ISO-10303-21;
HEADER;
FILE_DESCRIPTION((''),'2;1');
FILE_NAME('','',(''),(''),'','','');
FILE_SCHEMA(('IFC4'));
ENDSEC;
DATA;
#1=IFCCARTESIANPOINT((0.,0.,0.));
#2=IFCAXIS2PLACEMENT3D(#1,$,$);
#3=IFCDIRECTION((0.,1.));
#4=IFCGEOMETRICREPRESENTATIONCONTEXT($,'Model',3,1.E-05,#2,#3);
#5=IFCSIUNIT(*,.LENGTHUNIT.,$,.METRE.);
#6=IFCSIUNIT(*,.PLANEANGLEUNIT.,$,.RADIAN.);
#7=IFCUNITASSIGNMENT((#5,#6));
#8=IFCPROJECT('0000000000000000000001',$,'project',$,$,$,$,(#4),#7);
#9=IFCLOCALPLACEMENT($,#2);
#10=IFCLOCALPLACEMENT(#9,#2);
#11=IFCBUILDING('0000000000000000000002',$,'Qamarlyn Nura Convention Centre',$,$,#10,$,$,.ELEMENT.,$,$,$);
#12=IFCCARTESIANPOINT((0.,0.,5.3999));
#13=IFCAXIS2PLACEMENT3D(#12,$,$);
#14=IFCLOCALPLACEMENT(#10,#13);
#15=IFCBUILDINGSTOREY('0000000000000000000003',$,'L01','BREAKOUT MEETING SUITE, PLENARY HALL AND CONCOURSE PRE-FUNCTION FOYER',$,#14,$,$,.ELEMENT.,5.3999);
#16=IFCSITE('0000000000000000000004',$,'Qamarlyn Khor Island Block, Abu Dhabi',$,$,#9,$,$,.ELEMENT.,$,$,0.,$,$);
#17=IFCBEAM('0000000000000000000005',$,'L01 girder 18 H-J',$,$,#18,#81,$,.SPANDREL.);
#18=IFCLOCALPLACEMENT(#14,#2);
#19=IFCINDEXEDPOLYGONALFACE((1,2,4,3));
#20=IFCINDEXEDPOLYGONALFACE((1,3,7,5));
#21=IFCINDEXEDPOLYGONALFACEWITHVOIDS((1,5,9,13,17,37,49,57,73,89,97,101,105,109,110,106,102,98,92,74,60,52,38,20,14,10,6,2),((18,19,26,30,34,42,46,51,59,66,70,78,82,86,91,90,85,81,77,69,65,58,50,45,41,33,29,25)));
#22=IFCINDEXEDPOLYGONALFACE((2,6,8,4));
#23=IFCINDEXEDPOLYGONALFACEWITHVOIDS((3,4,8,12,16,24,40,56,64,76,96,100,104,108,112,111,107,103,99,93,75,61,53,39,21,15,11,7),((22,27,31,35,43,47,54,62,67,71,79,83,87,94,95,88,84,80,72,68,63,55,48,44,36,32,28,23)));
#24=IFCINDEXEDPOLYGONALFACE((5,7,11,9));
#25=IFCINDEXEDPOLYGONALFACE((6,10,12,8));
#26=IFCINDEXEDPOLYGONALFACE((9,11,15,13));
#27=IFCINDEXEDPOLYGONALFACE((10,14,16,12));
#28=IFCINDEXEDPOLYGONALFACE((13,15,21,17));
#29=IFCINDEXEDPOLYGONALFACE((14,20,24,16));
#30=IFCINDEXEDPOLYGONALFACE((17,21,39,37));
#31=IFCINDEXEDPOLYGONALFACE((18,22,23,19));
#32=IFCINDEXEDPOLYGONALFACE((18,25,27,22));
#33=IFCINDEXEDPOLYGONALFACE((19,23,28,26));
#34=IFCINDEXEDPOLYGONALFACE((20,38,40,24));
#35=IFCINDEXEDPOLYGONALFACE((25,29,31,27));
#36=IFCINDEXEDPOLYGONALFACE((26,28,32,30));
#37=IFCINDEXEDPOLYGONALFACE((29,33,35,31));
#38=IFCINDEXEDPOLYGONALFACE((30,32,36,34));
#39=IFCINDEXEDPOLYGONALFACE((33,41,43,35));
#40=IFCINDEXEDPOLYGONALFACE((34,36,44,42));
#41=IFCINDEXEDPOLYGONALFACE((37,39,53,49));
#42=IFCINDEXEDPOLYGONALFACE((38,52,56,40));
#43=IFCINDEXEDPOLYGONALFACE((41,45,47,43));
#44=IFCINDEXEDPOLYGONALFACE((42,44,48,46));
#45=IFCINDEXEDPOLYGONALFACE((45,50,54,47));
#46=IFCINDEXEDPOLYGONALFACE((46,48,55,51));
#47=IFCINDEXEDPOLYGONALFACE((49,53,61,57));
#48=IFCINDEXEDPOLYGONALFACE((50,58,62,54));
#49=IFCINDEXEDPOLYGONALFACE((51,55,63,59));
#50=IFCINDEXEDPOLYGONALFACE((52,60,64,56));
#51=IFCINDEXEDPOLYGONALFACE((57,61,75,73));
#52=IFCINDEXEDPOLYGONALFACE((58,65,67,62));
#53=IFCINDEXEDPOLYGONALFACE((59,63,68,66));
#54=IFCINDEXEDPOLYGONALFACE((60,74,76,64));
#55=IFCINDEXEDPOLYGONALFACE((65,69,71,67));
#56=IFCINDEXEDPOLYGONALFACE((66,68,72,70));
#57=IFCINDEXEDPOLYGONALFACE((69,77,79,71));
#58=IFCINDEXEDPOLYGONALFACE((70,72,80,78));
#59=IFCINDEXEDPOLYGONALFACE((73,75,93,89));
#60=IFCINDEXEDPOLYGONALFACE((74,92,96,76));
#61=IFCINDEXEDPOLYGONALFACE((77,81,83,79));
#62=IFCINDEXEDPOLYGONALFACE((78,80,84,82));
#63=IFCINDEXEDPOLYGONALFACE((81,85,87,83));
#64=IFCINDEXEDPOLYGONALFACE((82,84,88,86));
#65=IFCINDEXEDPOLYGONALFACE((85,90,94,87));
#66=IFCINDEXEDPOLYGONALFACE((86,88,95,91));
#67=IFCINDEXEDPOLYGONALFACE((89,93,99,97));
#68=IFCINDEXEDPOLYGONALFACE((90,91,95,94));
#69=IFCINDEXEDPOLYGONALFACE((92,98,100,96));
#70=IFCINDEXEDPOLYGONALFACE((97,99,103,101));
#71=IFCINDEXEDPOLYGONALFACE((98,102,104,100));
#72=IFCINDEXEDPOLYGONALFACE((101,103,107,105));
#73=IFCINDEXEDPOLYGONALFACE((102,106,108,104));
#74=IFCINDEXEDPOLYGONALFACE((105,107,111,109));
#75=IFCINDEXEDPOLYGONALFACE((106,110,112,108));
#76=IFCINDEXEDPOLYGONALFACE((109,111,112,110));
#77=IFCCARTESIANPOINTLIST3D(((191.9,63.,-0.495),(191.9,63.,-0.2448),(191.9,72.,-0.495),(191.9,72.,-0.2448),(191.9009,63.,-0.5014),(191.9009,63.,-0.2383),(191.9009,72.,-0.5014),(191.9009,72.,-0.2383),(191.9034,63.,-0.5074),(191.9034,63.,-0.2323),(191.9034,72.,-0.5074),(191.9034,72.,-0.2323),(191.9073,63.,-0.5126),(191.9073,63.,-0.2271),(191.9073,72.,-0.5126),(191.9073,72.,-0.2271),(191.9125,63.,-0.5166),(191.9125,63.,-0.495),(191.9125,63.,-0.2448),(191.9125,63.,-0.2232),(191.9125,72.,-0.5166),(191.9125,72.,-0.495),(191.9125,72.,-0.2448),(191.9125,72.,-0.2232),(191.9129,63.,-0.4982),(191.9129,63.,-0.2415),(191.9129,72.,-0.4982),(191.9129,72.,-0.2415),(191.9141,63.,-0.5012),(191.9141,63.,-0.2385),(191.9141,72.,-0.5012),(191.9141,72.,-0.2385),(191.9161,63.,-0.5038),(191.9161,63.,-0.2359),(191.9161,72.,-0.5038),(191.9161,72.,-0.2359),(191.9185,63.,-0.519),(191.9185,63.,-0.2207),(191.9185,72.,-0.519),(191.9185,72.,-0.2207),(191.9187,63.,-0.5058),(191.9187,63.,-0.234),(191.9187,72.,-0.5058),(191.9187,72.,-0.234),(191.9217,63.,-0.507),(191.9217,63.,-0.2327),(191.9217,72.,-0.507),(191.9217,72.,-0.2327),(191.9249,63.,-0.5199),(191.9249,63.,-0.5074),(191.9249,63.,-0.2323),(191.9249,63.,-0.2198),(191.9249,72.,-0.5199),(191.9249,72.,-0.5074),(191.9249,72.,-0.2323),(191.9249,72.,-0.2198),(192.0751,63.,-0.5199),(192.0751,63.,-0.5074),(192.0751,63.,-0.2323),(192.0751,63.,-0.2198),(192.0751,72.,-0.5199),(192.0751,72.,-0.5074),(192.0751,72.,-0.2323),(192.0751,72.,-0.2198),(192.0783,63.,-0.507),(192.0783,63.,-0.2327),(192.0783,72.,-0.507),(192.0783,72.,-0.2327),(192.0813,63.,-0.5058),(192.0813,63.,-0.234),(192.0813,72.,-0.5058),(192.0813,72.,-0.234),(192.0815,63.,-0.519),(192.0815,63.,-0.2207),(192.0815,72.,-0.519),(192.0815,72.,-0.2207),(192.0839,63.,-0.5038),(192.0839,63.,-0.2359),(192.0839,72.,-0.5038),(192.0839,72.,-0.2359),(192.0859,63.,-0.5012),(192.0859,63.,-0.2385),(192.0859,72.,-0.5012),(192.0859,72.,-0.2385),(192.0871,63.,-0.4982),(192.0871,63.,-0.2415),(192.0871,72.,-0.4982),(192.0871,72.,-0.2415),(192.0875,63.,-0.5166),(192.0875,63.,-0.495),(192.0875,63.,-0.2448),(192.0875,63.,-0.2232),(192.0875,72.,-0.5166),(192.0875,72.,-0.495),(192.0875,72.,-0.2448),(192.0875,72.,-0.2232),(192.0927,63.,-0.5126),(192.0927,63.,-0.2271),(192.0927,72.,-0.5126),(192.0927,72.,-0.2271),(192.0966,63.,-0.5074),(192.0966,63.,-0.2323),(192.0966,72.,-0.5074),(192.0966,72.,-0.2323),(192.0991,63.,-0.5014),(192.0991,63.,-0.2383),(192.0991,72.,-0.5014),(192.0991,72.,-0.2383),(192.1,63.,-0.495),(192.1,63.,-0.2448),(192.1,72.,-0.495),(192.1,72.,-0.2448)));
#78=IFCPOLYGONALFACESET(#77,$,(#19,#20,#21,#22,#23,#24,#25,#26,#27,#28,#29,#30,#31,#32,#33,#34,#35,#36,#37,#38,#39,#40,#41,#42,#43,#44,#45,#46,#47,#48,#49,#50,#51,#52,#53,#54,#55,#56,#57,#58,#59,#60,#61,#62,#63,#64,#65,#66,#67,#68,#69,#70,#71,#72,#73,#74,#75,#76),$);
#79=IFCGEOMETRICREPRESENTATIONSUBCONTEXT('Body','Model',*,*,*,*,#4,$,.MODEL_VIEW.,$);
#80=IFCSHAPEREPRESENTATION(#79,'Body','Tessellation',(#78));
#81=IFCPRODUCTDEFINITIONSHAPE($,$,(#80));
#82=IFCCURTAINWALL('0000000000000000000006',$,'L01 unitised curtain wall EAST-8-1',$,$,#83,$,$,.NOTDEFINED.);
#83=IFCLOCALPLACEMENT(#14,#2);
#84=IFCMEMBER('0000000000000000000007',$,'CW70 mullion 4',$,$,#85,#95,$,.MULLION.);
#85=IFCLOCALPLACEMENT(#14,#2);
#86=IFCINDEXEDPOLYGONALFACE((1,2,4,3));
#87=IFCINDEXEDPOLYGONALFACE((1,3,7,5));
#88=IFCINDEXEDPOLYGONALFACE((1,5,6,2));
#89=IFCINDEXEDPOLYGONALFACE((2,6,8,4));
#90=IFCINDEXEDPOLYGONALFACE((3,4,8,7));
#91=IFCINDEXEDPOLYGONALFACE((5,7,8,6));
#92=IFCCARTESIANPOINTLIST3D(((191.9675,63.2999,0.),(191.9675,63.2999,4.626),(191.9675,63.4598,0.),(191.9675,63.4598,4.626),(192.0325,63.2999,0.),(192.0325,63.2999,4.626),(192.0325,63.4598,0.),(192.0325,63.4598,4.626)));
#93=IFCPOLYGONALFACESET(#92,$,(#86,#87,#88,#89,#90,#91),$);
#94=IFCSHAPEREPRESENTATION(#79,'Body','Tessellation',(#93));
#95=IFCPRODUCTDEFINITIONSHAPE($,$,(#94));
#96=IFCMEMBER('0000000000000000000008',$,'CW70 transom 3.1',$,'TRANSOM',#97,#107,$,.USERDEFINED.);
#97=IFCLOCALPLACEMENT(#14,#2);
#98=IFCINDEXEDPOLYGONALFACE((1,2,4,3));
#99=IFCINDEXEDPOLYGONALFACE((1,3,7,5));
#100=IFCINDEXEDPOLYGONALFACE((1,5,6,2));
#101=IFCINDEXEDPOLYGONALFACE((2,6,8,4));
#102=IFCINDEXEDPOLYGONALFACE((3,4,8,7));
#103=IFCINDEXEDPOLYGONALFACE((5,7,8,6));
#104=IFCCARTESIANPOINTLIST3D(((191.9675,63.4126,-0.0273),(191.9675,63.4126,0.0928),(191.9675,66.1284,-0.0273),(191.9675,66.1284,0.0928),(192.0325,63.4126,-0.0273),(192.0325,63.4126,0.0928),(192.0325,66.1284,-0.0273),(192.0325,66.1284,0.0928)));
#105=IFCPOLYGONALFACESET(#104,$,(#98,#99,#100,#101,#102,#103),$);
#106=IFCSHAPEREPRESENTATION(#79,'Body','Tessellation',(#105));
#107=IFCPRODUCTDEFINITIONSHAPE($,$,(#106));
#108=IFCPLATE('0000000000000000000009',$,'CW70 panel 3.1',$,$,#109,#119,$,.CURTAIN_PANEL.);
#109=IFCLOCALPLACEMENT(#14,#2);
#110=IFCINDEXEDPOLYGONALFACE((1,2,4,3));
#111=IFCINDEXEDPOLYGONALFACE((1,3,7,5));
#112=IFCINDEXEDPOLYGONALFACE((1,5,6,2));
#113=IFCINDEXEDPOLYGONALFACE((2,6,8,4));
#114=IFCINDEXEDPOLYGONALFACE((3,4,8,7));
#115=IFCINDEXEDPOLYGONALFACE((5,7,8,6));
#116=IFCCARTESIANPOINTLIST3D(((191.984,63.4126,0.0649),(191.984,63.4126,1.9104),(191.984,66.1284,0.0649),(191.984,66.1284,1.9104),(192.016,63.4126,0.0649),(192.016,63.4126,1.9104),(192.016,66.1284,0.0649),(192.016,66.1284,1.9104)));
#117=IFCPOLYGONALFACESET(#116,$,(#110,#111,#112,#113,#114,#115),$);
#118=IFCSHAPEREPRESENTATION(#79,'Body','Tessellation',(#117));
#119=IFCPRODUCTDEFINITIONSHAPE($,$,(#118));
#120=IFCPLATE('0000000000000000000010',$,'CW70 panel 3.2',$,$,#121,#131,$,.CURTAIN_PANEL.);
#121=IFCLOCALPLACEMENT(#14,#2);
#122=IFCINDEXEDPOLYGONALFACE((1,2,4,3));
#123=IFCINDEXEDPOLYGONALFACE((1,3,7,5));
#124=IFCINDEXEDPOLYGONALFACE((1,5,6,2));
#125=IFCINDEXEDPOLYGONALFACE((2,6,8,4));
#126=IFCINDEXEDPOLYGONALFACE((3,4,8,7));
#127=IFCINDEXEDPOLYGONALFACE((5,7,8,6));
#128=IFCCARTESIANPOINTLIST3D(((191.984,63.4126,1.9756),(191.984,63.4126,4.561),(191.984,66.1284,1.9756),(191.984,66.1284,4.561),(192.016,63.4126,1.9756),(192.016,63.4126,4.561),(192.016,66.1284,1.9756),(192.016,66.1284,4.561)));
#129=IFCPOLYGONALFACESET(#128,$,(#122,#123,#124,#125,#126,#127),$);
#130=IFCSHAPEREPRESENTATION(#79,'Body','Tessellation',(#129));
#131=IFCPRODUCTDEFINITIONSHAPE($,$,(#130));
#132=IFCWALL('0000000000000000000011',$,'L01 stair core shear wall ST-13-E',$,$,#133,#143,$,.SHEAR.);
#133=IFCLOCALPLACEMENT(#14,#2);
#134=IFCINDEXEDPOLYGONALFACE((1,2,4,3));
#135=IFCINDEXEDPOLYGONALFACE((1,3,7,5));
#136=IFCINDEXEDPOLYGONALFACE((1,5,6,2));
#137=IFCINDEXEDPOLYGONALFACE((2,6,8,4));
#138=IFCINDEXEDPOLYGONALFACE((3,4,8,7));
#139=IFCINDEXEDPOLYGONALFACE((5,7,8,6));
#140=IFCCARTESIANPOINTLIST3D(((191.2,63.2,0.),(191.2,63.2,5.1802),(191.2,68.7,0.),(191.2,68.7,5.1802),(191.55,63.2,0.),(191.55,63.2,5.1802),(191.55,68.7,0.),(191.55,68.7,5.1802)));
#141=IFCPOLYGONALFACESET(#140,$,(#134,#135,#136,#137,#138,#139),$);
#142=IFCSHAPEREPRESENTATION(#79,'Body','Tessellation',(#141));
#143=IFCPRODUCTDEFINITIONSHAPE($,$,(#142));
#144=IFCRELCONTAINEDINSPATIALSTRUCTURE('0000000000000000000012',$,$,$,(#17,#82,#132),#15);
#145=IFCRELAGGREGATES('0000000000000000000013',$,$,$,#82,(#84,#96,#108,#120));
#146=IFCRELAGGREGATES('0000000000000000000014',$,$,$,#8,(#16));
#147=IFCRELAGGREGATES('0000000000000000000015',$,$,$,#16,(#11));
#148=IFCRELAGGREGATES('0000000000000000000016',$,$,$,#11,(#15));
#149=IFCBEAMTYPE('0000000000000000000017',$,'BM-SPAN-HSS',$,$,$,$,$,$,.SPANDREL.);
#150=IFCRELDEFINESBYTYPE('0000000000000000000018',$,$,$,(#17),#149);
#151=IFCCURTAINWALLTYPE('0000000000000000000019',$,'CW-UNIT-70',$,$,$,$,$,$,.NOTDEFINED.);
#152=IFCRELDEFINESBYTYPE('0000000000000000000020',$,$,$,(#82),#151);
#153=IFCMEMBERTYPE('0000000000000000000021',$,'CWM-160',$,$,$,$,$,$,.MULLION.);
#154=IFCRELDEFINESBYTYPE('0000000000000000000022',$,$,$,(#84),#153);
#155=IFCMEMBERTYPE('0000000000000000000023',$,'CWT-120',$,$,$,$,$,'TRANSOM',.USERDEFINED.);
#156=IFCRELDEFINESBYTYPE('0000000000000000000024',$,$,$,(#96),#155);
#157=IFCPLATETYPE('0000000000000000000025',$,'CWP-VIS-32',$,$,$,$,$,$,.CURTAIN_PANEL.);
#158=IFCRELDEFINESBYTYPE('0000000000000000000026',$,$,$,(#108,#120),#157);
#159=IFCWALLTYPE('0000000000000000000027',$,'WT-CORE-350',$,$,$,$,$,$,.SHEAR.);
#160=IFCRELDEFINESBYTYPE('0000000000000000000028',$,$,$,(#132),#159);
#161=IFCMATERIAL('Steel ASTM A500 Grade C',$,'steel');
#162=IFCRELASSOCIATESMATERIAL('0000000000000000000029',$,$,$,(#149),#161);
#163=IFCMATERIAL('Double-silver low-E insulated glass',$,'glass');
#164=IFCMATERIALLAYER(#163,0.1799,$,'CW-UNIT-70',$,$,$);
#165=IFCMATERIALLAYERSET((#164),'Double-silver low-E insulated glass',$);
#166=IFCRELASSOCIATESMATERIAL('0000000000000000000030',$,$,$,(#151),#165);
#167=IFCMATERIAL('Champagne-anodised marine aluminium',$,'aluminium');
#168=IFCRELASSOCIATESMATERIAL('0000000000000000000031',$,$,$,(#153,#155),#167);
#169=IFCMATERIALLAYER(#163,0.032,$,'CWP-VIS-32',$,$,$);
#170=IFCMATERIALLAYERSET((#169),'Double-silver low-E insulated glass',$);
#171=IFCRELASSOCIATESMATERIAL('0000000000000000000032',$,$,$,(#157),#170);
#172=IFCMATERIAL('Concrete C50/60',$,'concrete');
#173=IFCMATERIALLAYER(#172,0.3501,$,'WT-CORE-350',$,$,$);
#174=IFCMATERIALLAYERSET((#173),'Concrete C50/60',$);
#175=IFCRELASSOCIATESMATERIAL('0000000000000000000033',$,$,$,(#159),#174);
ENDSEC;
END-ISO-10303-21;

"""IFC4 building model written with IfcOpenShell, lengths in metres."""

from ifc_helpers import new_model, si_unit, direction, frame, frame_2d, origin, origin_2d, place, context, subcontext, project, spatial, rectangle, hollow_rectangle, extrude, material, layer, layer_set, material_profile, profile_set, type_object, element, aggregate, save


model = new_model("IFC4")

# Units and contexts
model_context = context("Model", 3, precision=1e-05, world=origin(), true_north=direction((0.0, 1.0)))
body_context = subcontext(model_context, "Body", "Model", "MODEL_VIEW")
ifc_project = project(units=[si_unit("LENGTHUNIT", "METRE"), si_unit("PLANEANGLEUNIT", "RADIAN")], contexts=[model_context])

# Site, building, storey
site_placement = place(None, origin())
site = spatial("IfcSite", under=ifc_project, at=site_placement, Name="Qamarlyn Khor Island Block, Abu Dhabi", CompositionType="ELEMENT", RefElevation=0.0)
building_placement = place(site_placement, origin())
building = spatial("IfcBuilding", under=site, at=building_placement, Name="Qamarlyn Nura Convention Centre", CompositionType="ELEMENT")
storey_placement = place(building_placement, frame((0.0, 0.0, 5.3999)))
storey = spatial("IfcBuildingStorey", under=building, at=storey_placement, Name="L01", Description="BREAKOUT MEETING SUITE, PLENARY HALL AND CONCOURSE PRE-FUNCTION FOYER", CompositionType="ELEMENT", Elevation=5.3999)

# Beam
ifc_material_1 = material(Name="Steel ASTM A500 Grade C", Category="steel")
ifc_material_profile_1 = material_profile(ifc_material_1, hollow_rectangle(XDim=0.2, YDim=0.3, WallThickness=0.0125, InnerFilletRadius=0.0125, OuterFilletRadius=0.0249, at=origin_2d()), Name="HSS300X200X12.5")
ifc_profile_set_1 = profile_set([ifc_material_profile_1], Name="Steel ASTM A500 Grade C")
beam_type_1 = type_object("IfcBeamType", Name="BM-SPAN-HSS", PredefinedType="SPANDREL", material=ifc_profile_set_1)
beam_1_placement = place(storey_placement, frame((192.0, 63.0, -0.3699), z_axis=(0.0, 1.0, 0.0), x_axis=(-1.0, 0.0, 0.0)))
element("IfcBeam", 1, at=beam_1_placement, inside=storey, type_object=beam_type_1, Name="L01 girder 18 H-J", PredefinedType="SPANDREL", context=body_context, shape_type="SweptSolid", body=[
    extrude(hollow_rectangle(XDim=0.2, YDim=0.3, WallThickness=0.0125, InnerFilletRadius=0.0125, OuterFilletRadius=0.0249, at=origin_2d()), origin(), (0.0, 0.0, 1.0), 9.0),
])

# Curtain wall, members, plates
ifc_material_2 = material(Name="Double-silver low-E insulated glass", Category="glass")
ifc_layer_1 = layer(ifc_material_2, 0.1799, Name="CW-UNIT-70")
ifc_layer_set_1 = layer_set([ifc_layer_1], Name="Double-silver low-E insulated glass")
curtain_wall_type = type_object("IfcCurtainWallType", Name="CW-UNIT-70", PredefinedType="NOTDEFINED", material=ifc_layer_set_1)
curtain_wall_placement = place(storey_placement, origin())
curtain_wall = element("IfcCurtainWall", 2, at=curtain_wall_placement, inside=storey, type_object=curtain_wall_type, Name="L01 unitised curtain wall EAST-8-1", PredefinedType="NOTDEFINED")
ifc_material_3 = material(Name="Champagne-anodised marine aluminium", Category="aluminium")
ifc_material_profile_2 = material_profile(ifc_material_3, rectangle(XDim=0.0649, YDim=0.1599, at=origin_2d()), Name="ALU MULLION 65x160")
ifc_profile_set_2 = profile_set([ifc_material_profile_2], Name="Champagne-anodised marine aluminium")
member_type_1 = type_object("IfcMemberType", Name="CWM-160", PredefinedType="MULLION", material=ifc_profile_set_2)
member_1_placement = place(storey_placement, frame((192.0, 63.3799, 0.0), z_axis=(0.0, 0.0, 1.0), x_axis=(1.0, 0.0, 0.0)))
member_1 = element("IfcMember", 3, at=member_1_placement, type_object=member_type_1, Name="CW70 mullion 4", PredefinedType="MULLION", context=body_context, shape_type="SweptSolid", body=[
    extrude(rectangle(XDim=0.0649, YDim=0.1599, at=origin_2d()), origin(), (0.0, 0.0, 1.0), 4.626),
])
ifc_material_profile_3 = material_profile(ifc_material_3, rectangle(XDim=0.0649, YDim=0.1201, at=origin_2d()), Name="ALU TRANSOM 65x120")
ifc_profile_set_3 = profile_set([ifc_material_profile_3], Name="Champagne-anodised marine aluminium")
member_type_2 = type_object("IfcMemberType", Name="CWT-120", ElementType="TRANSOM", PredefinedType="USERDEFINED", material=ifc_profile_set_3)
member_2_placement = place(storey_placement, frame((192.0, 66.1284, 0.0327), z_axis=(0.0, -1.0, 0.0), x_axis=(1.0, 0.0, 0.0)))
member_2 = element("IfcMember", 4, at=member_2_placement, type_object=member_type_2, Name="CW70 transom 3.1", ObjectType="TRANSOM", PredefinedType="USERDEFINED", context=body_context, shape_type="SweptSolid", body=[
    extrude(rectangle(XDim=0.0649, YDim=0.1201, at=origin_2d()), origin(), (0.0, 0.0, 1.0), 2.7158),
])
ifc_layer_2 = layer(ifc_material_2, 0.032, Name="CWP-VIS-32")
ifc_layer_set_2 = layer_set([ifc_layer_2], Name="Double-silver low-E insulated glass")
plate_type = type_object("IfcPlateType", Name="CWP-VIS-32", PredefinedType="CURTAIN_PANEL", material=ifc_layer_set_2)
plate_1_placement = place(storey_placement, frame((192.0, 64.7705, 0.0649), z_axis=(0.0, 0.0, 1.0), x_axis=(0.0, -1.0, 0.0)))
plate_1 = element("IfcPlate", 5, at=plate_1_placement, type_object=plate_type, Name="CW70 panel 3.1", PredefinedType="CURTAIN_PANEL", context=body_context, shape_type="SweptSolid", body=[
    extrude(rectangle(XDim=2.7158, YDim=0.032, at=origin_2d()), origin(), (0.0, 0.0, 1.0), 1.8455),
])
plate_2_placement = place(storey_placement, frame((192.0, 64.7705, 1.9756), z_axis=(0.0, 0.0, 1.0), x_axis=(0.0, -1.0, 0.0)))
plate_2 = element("IfcPlate", 6, at=plate_2_placement, type_object=plate_type, Name="CW70 panel 3.2", PredefinedType="CURTAIN_PANEL", context=body_context, shape_type="SweptSolid", body=[
    extrude(rectangle(XDim=2.7158, YDim=0.032, at=origin_2d()), origin(), (0.0, 0.0, 1.0), 2.5854),
])
aggregate(curtain_wall, [member_1, member_2, plate_1, plate_2])

# Wall
ifc_material_4 = material(Name="Concrete C50/60", Category="concrete")
ifc_layer_3 = layer(ifc_material_4, 0.3501, Name="WT-CORE-350")
ifc_layer_set_3 = layer_set([ifc_layer_3], Name="Concrete C50/60")
wall_type_1 = type_object("IfcWallType", Name="WT-CORE-350", PredefinedType="SHEAR", material=ifc_layer_set_3)
wall_1_placement = place(storey_placement, frame((191.375, 63.2, 0.0), z_axis=(0.0, 0.0, 1.0), x_axis=(0.0, 1.0, 0.0)))
element("IfcWall", 7, at=wall_1_placement, inside=storey, type_object=wall_type_1, Name="L01 stair core shear wall ST-13-E", PredefinedType="SHEAR", context=body_context, shape_type="SweptSolid", body=[
    extrude(rectangle(XDim=5.5, YDim=0.3501, at=frame_2d((2.75, 0.0))), origin(), (0.0, 0.0, 1.0), 5.1802),
])

save(model, "model.ifc")
